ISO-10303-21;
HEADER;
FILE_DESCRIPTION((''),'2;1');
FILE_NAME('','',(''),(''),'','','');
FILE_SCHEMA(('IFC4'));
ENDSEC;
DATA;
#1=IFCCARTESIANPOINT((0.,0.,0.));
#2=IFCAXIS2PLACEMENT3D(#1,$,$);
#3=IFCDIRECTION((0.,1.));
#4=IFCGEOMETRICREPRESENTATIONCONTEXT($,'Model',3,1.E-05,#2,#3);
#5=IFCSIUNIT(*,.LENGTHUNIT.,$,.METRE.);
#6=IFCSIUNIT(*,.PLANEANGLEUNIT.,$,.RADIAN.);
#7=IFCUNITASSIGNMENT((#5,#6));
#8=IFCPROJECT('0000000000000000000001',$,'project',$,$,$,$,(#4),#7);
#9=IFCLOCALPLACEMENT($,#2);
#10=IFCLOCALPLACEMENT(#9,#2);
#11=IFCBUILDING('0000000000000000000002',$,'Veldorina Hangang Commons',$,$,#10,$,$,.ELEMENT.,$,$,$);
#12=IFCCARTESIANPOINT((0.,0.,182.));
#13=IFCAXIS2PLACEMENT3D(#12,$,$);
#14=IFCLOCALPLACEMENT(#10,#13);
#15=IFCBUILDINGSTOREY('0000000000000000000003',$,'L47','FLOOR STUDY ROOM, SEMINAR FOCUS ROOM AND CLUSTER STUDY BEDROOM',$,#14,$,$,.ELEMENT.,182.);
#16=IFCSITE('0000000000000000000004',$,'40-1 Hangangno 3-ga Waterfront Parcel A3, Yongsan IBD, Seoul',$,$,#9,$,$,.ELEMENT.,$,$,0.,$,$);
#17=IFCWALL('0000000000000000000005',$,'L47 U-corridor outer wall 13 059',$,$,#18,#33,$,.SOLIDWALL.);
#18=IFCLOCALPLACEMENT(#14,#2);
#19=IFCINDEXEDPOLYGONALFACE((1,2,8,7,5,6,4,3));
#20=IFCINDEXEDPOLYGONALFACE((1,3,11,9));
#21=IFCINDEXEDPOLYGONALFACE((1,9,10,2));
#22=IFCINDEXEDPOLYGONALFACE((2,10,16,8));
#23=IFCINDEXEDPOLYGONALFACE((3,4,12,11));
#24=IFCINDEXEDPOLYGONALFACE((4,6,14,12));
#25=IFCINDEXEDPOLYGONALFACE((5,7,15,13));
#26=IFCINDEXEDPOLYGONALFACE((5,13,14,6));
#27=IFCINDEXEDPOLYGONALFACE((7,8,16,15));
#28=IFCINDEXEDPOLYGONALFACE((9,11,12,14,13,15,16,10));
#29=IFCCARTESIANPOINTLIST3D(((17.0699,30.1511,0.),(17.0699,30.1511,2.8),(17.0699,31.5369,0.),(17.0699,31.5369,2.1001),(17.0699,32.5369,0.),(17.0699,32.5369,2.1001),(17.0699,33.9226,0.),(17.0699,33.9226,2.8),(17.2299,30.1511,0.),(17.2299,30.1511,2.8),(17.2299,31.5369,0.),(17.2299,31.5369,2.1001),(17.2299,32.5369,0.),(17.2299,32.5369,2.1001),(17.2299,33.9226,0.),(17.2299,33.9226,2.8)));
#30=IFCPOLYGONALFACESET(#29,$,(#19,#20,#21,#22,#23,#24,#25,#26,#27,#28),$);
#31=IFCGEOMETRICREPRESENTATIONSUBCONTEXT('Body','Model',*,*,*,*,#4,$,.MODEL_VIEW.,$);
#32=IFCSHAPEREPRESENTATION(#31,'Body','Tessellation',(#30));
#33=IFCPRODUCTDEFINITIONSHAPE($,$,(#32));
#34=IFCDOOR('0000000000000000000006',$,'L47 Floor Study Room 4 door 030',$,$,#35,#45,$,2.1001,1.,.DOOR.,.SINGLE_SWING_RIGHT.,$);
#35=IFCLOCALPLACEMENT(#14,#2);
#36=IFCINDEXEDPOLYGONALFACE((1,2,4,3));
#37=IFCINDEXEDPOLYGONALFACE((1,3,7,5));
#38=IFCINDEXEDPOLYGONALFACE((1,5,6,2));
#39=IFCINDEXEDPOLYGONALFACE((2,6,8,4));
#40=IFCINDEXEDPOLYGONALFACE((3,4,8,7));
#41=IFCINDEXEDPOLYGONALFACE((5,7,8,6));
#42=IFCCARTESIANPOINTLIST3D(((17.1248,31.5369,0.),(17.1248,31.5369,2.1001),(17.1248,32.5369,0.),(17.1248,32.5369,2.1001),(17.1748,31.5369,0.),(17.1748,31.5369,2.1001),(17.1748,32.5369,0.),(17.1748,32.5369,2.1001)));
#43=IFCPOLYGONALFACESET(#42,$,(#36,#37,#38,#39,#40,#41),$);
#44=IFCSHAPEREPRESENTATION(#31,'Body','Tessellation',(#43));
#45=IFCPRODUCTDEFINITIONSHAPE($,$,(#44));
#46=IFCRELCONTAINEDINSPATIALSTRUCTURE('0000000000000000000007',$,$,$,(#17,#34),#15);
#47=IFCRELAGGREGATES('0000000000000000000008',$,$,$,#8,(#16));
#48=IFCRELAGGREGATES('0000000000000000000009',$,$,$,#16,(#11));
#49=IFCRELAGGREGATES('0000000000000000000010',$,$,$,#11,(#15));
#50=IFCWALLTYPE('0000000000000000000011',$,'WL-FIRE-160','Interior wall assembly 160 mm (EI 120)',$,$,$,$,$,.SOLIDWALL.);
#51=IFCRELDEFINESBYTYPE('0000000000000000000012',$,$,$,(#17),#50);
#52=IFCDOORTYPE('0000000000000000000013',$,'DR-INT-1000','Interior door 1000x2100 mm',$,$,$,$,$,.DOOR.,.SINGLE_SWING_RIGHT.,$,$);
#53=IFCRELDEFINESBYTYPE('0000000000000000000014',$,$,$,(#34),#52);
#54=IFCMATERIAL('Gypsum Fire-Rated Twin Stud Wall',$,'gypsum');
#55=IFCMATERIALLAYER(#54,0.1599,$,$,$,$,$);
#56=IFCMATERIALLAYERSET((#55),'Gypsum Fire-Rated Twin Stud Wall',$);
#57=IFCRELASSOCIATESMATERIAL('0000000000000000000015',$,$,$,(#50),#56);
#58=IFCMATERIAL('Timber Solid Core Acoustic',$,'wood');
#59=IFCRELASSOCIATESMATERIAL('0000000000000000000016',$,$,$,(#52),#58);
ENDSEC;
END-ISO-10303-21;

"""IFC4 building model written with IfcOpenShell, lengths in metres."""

from ifc_helpers import new_model, si_unit, direction, frame, frame_2d, origin, place, context, subcontext, project, spatial, rectangle, extrude, material, layer, layer_set, type_object, element, fill, save


model = new_model("IFC4")

# Units and contexts
model_context = context("Model", 3, precision=1e-05, world=origin(), true_north=direction((0.0, 1.0)))
body_context = subcontext(model_context, "Body", "Model", "MODEL_VIEW")
ifc_project = project(units=[si_unit("LENGTHUNIT", "METRE"), si_unit("PLANEANGLEUNIT", "RADIAN")], contexts=[model_context])

# Site, building, storey
site_placement = place(None, origin())
site = spatial("IfcSite", under=ifc_project, at=site_placement, Name="40-1 Hangangno 3-ga Waterfront Parcel A3, Yongsan IBD, Seoul", CompositionType="ELEMENT", RefElevation=0.0)
building_placement = place(site_placement, origin())
building = spatial("IfcBuilding", under=site, at=building_placement, Name="Veldorina Hangang Commons", CompositionType="ELEMENT")
storey_placement = place(building_placement, frame((0.0, 0.0, 182.0)))
storey = spatial("IfcBuildingStorey", under=building, at=storey_placement, Name="L47", Description="FLOOR STUDY ROOM, SEMINAR FOCUS ROOM AND CLUSTER STUDY BEDROOM", CompositionType="ELEMENT", Elevation=182.0)

# Shared definitions
ifc_material_1 = material(Name="Gypsum Fire-Rated Twin Stud Wall", Category="gypsum")
ifc_layer_1 = layer(ifc_material_1, 0.1599)
ifc_layer_set_1 = layer_set([ifc_layer_1], Name="Gypsum Fire-Rated Twin Stud Wall")
wall_type_1 = type_object("IfcWallType", Name="WL-FIRE-160", Description="Interior wall assembly 160 mm (EI 120)", PredefinedType="SOLIDWALL", material=ifc_layer_set_1)

# Wall, opening, door
wall_1_placement = place(storey_placement, frame((17.1499, 33.9226, 0.0), z_axis=(0.0, 0.0, 1.0), x_axis=(0.0, -1.0, 0.0)))
wall_1 = element("IfcWall", 1, at=wall_1_placement, inside=storey, type_object=wall_type_1, Name="L47 U-corridor outer wall 13 059", PredefinedType="SOLIDWALL", context=body_context, shape_type="SweptSolid", body=[
    extrude(rectangle(XDim=3.7715, YDim=0.1599, at=frame_2d((1.8857, 0.0))), origin(), (0.0, 0.0, 1.0), 2.8),
])
opening_placement = place(wall_1_placement, frame((1.3857, 0.0, 0.0)))
opening = element("IfcOpeningElement", 2, at=opening_placement, cuts=wall_1, PredefinedType="OPENING", context=body_context, shape_type="SweptSolid", body=[
    extrude(rectangle(XDim=1.0, YDim=2.1001, at=frame_2d((0.5, 1.05))), frame((0.0, 0.0898, 0.0), z_axis=(0.0, -1.0, 0.0), x_axis=(1.0, 0.0, 0.0)), (0.0, 0.0, 1.0), 0.1799),
])
ifc_material_2 = material(Name="Timber Solid Core Acoustic", Category="wood")
door_type = type_object("IfcDoorType", Name="DR-INT-1000", Description="Interior door 1000x2100 mm", OperationType="SINGLE_SWING_RIGHT", PredefinedType="DOOR", material=ifc_material_2)
door_placement = place(opening_placement, origin())
door = element("IfcDoor", 3, at=door_placement, inside=storey, type_object=door_type, Name="L47 Floor Study Room 4 door 030", OperationType="SINGLE_SWING_RIGHT", OverallHeight=2.1001, OverallWidth=1.0, PredefinedType="DOOR", context=body_context, shape_type="SweptSolid", body=[
    extrude(rectangle(XDim=1.0, YDim=2.1001, at=frame_2d((0.5, 1.05))), frame((0.0, 0.0249, 0.0), z_axis=(0.0, -1.0, 0.0), x_axis=(1.0, 0.0, 0.0)), (0.0, 0.0, 1.0), 0.05),
])
fill(opening, door)

save(model, "model.ifc")
